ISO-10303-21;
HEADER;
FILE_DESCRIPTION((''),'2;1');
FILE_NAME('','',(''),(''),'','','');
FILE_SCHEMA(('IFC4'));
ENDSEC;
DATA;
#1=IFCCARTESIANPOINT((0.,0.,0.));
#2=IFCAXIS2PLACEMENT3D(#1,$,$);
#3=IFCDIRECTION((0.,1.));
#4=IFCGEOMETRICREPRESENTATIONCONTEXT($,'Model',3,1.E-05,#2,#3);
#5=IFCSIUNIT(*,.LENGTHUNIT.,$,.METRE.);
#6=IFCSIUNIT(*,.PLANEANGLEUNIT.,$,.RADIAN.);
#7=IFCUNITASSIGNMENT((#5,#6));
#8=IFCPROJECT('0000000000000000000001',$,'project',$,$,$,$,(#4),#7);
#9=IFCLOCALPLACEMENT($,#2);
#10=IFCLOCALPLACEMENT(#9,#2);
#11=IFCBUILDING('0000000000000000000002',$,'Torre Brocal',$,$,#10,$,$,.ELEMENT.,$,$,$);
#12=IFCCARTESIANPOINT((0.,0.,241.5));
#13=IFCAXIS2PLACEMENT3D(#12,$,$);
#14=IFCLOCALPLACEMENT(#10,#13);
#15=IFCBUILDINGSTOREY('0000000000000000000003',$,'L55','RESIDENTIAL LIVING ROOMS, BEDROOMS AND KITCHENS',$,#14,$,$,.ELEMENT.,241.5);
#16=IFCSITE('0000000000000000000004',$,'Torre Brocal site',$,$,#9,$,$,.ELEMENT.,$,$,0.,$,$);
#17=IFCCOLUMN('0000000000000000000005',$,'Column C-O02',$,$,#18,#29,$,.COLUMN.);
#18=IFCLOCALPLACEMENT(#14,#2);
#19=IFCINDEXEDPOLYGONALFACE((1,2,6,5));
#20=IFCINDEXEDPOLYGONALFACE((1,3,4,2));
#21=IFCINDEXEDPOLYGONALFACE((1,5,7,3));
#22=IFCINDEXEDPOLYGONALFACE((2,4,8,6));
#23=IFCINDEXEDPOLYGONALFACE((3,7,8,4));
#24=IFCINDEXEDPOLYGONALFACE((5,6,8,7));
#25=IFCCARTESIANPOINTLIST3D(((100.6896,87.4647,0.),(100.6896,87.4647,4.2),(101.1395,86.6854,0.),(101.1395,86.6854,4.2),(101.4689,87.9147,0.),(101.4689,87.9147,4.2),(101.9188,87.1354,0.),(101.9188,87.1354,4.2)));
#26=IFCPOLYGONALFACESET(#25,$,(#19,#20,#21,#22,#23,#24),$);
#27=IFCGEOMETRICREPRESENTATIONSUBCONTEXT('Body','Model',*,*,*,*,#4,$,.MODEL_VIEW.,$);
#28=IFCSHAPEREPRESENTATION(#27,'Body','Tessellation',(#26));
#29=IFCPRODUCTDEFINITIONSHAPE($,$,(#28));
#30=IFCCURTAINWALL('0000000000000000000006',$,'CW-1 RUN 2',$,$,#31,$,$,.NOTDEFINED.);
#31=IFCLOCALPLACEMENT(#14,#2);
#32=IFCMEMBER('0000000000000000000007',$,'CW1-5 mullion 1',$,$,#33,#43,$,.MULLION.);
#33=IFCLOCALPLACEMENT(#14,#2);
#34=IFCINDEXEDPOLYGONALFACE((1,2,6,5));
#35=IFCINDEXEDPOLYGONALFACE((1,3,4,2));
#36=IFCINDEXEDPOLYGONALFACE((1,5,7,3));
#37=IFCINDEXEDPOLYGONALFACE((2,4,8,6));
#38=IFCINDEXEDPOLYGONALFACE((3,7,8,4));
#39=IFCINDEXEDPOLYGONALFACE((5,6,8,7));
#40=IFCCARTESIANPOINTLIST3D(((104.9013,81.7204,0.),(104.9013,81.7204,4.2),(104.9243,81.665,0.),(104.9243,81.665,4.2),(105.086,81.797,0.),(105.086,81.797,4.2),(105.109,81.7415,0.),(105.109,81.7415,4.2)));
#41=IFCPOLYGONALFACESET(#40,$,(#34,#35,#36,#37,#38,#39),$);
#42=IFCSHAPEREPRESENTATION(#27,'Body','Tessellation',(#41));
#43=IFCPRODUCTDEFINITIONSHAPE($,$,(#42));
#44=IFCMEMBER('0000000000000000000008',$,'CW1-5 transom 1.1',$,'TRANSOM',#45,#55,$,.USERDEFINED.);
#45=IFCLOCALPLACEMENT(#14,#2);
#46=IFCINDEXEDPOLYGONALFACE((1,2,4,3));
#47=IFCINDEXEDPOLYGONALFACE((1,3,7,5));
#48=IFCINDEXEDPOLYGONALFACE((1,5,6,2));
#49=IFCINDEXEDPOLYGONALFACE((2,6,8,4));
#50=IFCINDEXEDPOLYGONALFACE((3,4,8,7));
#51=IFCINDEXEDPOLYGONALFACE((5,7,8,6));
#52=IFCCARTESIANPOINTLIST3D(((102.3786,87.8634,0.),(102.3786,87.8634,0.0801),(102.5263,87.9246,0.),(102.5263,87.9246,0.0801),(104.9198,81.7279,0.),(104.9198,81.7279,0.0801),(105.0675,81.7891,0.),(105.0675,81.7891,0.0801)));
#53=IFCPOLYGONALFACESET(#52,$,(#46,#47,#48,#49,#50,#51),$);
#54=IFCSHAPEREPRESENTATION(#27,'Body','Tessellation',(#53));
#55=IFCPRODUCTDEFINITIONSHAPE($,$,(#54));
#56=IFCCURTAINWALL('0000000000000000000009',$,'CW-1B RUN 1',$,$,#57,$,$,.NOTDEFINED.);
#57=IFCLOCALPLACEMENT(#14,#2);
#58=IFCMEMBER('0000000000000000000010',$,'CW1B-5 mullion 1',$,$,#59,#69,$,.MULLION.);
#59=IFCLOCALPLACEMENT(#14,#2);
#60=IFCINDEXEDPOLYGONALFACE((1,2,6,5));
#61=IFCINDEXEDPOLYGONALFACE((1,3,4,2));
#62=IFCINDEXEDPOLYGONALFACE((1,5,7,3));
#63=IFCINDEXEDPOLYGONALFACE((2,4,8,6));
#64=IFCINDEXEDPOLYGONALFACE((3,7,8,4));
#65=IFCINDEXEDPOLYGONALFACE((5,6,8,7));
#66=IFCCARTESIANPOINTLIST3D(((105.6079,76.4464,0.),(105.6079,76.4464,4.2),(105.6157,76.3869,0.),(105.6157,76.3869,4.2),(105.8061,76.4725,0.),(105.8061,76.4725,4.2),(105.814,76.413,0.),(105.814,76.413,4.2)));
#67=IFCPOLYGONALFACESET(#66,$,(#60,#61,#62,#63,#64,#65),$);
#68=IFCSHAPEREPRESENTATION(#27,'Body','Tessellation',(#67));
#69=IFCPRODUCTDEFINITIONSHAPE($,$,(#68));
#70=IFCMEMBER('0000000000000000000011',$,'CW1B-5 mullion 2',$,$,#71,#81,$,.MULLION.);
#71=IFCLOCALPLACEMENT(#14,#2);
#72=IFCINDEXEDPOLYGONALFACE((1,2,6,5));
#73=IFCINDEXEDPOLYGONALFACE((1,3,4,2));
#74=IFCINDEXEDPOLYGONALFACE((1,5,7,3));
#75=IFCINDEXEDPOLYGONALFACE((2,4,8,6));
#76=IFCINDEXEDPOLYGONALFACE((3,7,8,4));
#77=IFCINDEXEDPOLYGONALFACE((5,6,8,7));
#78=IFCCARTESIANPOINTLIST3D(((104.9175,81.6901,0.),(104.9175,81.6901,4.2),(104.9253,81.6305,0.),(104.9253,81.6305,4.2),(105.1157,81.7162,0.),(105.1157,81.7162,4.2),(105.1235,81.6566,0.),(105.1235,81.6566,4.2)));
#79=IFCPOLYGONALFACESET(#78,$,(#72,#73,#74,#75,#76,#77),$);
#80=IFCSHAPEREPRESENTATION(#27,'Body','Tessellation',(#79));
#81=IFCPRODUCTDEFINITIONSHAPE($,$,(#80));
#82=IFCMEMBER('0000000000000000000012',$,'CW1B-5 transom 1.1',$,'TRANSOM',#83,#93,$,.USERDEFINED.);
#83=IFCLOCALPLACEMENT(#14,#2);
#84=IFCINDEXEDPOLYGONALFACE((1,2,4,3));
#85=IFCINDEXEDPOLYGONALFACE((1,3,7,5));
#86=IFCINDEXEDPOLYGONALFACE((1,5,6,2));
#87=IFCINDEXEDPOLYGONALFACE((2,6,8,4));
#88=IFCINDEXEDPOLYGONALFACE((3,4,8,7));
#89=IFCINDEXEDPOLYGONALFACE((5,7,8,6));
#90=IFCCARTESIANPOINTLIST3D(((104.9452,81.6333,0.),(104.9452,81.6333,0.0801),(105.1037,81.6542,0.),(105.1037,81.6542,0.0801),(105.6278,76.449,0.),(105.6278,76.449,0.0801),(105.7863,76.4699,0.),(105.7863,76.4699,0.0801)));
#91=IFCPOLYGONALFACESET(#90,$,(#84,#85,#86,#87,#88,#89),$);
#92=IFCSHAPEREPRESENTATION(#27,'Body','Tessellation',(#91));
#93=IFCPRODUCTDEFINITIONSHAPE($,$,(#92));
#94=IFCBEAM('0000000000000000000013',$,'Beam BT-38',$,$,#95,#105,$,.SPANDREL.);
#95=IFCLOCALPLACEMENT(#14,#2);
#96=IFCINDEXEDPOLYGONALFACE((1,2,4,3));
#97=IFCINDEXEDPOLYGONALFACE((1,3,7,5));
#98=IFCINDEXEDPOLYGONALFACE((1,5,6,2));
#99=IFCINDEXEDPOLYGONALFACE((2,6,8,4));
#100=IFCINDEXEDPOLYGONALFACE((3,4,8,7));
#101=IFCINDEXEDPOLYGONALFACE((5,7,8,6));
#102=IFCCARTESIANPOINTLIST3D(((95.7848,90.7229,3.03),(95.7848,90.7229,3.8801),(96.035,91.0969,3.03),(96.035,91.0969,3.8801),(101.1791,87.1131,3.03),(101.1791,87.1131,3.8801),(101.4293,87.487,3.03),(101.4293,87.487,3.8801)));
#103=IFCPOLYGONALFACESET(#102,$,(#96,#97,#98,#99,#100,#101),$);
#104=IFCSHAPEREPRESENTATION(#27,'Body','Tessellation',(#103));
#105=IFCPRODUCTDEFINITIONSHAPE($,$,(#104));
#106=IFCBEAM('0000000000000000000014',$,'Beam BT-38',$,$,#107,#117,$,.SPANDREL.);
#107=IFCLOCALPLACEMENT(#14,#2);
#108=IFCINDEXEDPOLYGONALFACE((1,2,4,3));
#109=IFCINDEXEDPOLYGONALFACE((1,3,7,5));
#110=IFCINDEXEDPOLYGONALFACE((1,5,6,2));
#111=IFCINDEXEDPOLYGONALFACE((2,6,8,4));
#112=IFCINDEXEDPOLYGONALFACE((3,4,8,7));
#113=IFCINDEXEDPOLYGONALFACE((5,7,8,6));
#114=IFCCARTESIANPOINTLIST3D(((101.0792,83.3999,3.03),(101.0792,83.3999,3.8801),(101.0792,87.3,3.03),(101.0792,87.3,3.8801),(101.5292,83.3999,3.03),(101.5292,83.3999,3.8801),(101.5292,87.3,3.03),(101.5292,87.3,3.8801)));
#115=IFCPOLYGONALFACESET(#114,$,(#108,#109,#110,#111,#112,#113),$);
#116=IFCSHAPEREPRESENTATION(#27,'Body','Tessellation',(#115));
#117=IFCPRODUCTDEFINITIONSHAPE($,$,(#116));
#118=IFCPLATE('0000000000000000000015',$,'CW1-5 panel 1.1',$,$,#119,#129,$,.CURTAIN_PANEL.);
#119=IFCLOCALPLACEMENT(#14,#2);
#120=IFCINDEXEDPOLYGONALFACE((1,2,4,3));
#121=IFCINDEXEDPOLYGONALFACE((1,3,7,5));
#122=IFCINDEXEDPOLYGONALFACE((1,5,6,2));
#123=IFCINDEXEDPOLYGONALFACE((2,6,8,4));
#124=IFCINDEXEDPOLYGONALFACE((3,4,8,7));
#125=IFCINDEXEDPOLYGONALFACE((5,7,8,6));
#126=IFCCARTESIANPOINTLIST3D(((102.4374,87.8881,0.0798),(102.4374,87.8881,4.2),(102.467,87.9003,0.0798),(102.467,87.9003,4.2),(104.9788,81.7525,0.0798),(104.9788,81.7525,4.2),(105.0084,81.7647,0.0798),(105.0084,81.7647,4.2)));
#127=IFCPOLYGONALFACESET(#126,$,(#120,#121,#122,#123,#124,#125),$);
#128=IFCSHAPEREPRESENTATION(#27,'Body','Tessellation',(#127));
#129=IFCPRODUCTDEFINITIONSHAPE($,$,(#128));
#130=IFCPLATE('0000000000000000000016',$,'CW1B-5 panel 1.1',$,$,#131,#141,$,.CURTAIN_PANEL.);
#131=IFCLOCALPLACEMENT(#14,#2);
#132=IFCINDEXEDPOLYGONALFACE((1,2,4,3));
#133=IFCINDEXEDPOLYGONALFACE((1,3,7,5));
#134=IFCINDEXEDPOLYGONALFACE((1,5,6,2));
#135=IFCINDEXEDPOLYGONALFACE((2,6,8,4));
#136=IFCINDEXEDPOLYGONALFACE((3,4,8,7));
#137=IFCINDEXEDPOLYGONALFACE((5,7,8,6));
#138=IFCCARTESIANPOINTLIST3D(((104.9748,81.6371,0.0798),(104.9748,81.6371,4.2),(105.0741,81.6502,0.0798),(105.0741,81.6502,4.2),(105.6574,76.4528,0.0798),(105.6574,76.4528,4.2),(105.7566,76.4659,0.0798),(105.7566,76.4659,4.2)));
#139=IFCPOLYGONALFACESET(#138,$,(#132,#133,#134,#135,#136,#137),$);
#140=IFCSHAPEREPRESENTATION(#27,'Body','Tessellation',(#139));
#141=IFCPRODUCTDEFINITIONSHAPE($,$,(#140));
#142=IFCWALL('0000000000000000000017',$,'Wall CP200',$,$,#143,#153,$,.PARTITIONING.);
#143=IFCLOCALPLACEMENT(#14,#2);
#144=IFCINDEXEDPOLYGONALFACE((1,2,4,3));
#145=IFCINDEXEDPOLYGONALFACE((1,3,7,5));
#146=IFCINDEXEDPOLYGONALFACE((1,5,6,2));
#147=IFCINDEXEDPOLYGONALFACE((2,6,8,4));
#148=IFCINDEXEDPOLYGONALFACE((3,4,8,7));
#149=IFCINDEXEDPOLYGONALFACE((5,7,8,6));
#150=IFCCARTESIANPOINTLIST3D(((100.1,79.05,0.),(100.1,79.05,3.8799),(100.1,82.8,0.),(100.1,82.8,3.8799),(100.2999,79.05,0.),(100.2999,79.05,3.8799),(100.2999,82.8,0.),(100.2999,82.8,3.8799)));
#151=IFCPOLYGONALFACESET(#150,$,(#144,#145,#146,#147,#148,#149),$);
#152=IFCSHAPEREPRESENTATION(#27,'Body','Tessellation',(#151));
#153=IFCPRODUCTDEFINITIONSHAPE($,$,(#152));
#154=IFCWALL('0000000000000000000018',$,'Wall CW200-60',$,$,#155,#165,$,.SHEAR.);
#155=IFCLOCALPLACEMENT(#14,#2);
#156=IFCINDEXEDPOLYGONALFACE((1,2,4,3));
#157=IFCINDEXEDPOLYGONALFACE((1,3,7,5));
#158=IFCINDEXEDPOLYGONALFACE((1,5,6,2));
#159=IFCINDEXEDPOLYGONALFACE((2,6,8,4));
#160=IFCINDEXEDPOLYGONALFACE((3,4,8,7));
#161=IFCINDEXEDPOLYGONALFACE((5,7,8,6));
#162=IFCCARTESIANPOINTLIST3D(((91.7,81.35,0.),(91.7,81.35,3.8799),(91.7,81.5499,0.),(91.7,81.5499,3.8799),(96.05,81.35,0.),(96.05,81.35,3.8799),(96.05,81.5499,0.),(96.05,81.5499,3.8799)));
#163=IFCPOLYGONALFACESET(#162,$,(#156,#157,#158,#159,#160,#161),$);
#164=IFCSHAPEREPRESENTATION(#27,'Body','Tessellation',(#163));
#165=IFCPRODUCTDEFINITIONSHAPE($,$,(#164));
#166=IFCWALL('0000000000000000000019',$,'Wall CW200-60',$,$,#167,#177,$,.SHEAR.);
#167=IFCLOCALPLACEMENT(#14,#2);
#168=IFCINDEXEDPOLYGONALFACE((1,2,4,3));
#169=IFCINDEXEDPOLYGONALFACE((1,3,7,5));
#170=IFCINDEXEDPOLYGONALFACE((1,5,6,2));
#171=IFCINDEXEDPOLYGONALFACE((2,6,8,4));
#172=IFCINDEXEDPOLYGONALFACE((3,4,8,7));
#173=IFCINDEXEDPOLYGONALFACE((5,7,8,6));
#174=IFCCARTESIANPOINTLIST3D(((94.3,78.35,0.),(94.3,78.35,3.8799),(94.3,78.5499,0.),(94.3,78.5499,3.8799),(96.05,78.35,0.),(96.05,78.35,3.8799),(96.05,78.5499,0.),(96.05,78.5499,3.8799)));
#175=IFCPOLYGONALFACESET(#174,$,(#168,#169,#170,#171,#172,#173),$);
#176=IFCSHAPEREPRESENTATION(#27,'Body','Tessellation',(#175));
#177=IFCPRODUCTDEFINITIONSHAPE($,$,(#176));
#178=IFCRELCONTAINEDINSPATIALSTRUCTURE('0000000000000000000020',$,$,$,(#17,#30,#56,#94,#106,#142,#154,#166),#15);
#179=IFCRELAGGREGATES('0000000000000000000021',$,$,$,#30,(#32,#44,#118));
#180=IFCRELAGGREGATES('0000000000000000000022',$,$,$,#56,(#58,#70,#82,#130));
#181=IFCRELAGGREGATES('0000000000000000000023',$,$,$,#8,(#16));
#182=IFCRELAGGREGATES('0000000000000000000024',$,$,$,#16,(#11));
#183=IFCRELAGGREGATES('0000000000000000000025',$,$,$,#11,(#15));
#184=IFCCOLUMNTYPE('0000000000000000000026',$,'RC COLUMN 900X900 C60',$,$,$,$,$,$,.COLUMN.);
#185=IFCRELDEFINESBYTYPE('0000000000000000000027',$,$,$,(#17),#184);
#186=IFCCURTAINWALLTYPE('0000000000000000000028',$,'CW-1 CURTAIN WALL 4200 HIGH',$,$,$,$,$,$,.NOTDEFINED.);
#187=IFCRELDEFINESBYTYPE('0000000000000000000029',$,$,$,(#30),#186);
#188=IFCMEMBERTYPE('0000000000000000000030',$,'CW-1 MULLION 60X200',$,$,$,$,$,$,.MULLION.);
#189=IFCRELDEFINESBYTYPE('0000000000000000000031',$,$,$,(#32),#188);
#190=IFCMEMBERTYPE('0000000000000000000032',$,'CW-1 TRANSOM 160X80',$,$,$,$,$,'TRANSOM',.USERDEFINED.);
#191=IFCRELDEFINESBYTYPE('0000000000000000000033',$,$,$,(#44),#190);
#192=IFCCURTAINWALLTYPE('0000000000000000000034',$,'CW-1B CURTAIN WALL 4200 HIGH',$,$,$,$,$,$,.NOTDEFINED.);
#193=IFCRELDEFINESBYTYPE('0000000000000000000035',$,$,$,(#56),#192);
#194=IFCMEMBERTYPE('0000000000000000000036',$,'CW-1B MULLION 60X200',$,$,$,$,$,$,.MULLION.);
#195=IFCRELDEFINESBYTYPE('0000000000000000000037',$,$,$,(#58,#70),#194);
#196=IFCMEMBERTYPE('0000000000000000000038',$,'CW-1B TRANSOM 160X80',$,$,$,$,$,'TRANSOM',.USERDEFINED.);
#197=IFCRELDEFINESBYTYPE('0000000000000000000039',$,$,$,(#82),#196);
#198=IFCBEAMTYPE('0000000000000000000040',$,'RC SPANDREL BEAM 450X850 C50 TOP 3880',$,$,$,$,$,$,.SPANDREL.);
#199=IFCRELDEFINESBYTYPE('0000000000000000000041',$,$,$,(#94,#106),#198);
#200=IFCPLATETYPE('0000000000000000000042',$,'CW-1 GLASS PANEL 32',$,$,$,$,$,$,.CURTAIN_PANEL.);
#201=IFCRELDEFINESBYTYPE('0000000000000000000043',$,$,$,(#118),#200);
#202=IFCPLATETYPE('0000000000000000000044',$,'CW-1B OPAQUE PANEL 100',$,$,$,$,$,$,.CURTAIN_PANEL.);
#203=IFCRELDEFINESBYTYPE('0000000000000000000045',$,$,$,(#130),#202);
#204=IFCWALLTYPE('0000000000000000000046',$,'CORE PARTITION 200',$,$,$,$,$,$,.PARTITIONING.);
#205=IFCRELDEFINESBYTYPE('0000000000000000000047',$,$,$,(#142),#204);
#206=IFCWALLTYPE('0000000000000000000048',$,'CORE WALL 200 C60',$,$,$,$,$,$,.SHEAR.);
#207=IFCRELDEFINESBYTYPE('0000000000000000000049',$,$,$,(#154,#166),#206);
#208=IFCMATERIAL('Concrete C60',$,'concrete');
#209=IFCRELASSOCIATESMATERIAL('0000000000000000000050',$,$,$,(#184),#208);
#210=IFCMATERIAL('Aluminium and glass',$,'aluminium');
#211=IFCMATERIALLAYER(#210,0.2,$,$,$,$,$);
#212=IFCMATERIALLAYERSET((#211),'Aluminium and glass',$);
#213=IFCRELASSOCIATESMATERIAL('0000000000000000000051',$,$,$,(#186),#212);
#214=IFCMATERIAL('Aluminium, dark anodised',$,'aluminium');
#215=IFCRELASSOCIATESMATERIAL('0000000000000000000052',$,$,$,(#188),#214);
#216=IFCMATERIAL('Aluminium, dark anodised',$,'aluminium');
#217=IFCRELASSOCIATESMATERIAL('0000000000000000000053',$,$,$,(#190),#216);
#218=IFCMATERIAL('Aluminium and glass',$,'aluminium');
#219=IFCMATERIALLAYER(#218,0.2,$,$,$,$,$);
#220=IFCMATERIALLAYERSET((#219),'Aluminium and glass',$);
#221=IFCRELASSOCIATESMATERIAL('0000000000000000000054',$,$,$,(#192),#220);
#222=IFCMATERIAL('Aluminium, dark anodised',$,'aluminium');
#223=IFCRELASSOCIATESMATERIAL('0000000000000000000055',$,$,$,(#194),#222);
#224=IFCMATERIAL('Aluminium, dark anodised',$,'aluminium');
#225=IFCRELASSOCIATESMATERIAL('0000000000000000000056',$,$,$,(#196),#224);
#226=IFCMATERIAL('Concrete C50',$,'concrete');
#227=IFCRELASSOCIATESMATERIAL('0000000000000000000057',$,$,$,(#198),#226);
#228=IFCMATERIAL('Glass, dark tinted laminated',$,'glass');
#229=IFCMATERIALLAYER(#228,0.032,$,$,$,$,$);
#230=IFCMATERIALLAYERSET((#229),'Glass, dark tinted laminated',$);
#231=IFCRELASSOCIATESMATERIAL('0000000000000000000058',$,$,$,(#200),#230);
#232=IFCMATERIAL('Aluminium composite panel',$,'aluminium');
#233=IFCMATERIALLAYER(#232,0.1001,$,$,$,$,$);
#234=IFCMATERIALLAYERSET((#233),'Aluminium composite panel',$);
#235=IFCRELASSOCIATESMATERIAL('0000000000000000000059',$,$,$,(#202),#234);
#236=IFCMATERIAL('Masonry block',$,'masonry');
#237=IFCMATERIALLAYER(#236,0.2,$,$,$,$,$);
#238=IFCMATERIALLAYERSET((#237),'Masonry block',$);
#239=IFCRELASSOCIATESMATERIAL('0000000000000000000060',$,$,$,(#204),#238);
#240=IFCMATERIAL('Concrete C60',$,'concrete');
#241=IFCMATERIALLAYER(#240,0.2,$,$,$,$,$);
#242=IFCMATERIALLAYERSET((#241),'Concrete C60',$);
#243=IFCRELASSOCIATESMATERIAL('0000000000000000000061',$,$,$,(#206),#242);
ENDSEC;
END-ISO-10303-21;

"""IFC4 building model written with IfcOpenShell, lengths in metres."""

from ifc_helpers import new_model, si_unit, direction, frame, frame_2d, origin, origin_2d, place, context, subcontext, project, spatial, rectangle, extrude, material, layer, layer_set, material_profile, profile_set, type_object, element, aggregate, save


model = new_model("IFC4")

# Units and contexts
model_context = context("Model", 3, precision=1e-05, world=origin(), true_north=direction((0.0, 1.0)))
body_context = subcontext(model_context, "Body", "Model", "MODEL_VIEW")
ifc_project = project(units=[si_unit("LENGTHUNIT", "METRE"), si_unit("PLANEANGLEUNIT", "RADIAN")], contexts=[model_context])

# Site, building, storey
site_placement = place(None, origin())
site = spatial("IfcSite", under=ifc_project, at=site_placement, Name="Torre Brocal site", CompositionType="ELEMENT", RefElevation=0.0)
building_placement = place(site_placement, origin())
building = spatial("IfcBuilding", under=site, at=building_placement, Name="Torre Brocal", CompositionType="ELEMENT")
storey_placement = place(building_placement, frame((0.0, 0.0, 241.5)))
storey = spatial("IfcBuildingStorey", under=building, at=storey_placement, Name="L55", Description="RESIDENTIAL LIVING ROOMS, BEDROOMS AND KITCHENS", CompositionType="ELEMENT", Elevation=241.5)

# Column
ifc_material_1 = material(Name="Concrete C60", Category="concrete")
ifc_material_profile_1 = material_profile(ifc_material_1, rectangle(XDim=0.8999, YDim=0.8999, at=origin_2d()), Name="RC 900X900")
ifc_profile_set_1 = profile_set([ifc_material_profile_1], Name="Concrete C60")
column_type = type_object("IfcColumnType", Name="RC COLUMN 900X900 C60", PredefinedType="COLUMN", material=ifc_profile_set_1)
column_placement = place(storey_placement, frame((101.3042, 87.3, 0.0), z_axis=(0.0, 0.0, 1.0), x_axis=(0.866025, 0.5, 0.0)))
element("IfcColumn", 1, at=column_placement, inside=storey, type_object=column_type, Name="Column C-O02", PredefinedType="COLUMN", context=body_context, shape_type="SweptSolid", body=[
    extrude(rectangle(XDim=0.8999, YDim=0.8999, at=origin_2d()), origin(), (0.0, 0.0, 1.0), 4.2),
])

# Curtain walls, members
ifc_material_2 = material(Name="Aluminium and glass", Category="aluminium")
ifc_layer_1 = layer(ifc_material_2, 0.2)
ifc_layer_set_1 = layer_set([ifc_layer_1], Name="Aluminium and glass")
curtain_wall_type_1 = type_object("IfcCurtainWallType", Name="CW-1 CURTAIN WALL 4200 HIGH", PredefinedType="NOTDEFINED", material=ifc_layer_set_1)
curtain_wall_1_placement = place(storey_placement, origin())
curtain_wall_1 = element("IfcCurtainWall", 2, at=curtain_wall_1_placement, inside=storey, type_object=curtain_wall_type_1, Name="CW-1 RUN 2", PredefinedType="NOTDEFINED")
ifc_material_3 = material(Name="Aluminium, dark anodised", Category="aluminium")
ifc_material_profile_2 = material_profile(ifc_material_3, rectangle(XDim=0.2, YDim=0.0601, at=origin_2d()), Name="CW-1 MULLION 60X200")
ifc_profile_set_2 = profile_set([ifc_material_profile_2], Name="Aluminium, dark anodised")
member_type_1 = type_object("IfcMemberType", Name="CW-1 MULLION 60X200", PredefinedType="MULLION", material=ifc_profile_set_2)
member_1_placement = place(storey_placement, frame((105.0051, 81.731, 0.0), z_axis=(0.0, 0.0, 1.0), x_axis=(-0.92388, -0.382683, 0.0)))
member_1 = element("IfcMember", 3, at=member_1_placement, type_object=member_type_1, Name="CW1-5 mullion 1", PredefinedType="MULLION", context=body_context, shape_type="SweptSolid", body=[
    extrude(rectangle(XDim=0.2, YDim=0.0601, at=origin_2d()), origin(), (0.0, 0.0, 1.0), 4.2),
])
ifc_material_4 = material(Name="Aluminium, dark anodised", Category="aluminium")
ifc_material_profile_3 = material_profile(ifc_material_4, rectangle(XDim=0.1599, YDim=0.0801, at=origin_2d()), Name="CW-1 TRANSOM 160X80")
ifc_profile_set_3 = profile_set([ifc_material_profile_3], Name="Aluminium, dark anodised")
member_type_2 = type_object("IfcMemberType", Name="CW-1 TRANSOM 160X80", ElementType="TRANSOM", PredefinedType="USERDEFINED", material=ifc_profile_set_3)
member_2_placement = place(storey_placement, frame((104.9937, 81.7585, 0.04), z_axis=(-0.382665, 0.923887, 0.0), x_axis=(-0.923887, -0.382665, 0.0)))
member_2 = element("IfcMember", 4, at=member_2_placement, type_object=member_type_2, Name="CW1-5 transom 1.1", ObjectType="TRANSOM", PredefinedType="USERDEFINED", context=body_context, shape_type="SweptSolid", body=[
    extrude(rectangle(XDim=0.1599, YDim=0.0801, at=origin_2d()), origin(), (0.0, 0.0, 1.0), 6.6409),
])
ifc_material_5 = material(Name="Aluminium and glass", Category="aluminium")
ifc_layer_2 = layer(ifc_material_5, 0.2)
ifc_layer_set_2 = layer_set([ifc_layer_2], Name="Aluminium and glass")
curtain_wall_type_2 = type_object("IfcCurtainWallType", Name="CW-1B CURTAIN WALL 4200 HIGH", PredefinedType="NOTDEFINED", material=ifc_layer_set_2)
curtain_wall_2_placement = place(storey_placement, origin())
curtain_wall_2 = element("IfcCurtainWall", 5, at=curtain_wall_2_placement, inside=storey, type_object=curtain_wall_type_2, Name="CW-1B RUN 1", PredefinedType="NOTDEFINED")
ifc_material_6 = material(Name="Aluminium, dark anodised", Category="aluminium")
ifc_material_profile_4 = material_profile(ifc_material_6, rectangle(XDim=0.2, YDim=0.0601, at=origin_2d()), Name="CW-1B MULLION 60X200")
ifc_profile_set_4 = profile_set([ifc_material_profile_4], Name="Aluminium, dark anodised")
member_type_3 = type_object("IfcMemberType", Name="CW-1B MULLION 60X200", PredefinedType="MULLION", material=ifc_profile_set_4)
member_3_placement = place(storey_placement, frame((105.7109, 76.4297, 0.0), z_axis=(0.0, 0.0, 1.0), x_axis=(-0.991445, -0.130526, 0.0)))
member_3 = element("IfcMember", 6, at=member_3_placement, type_object=member_type_3, Name="CW1B-5 mullion 1", PredefinedType="MULLION", context=body_context, shape_type="SweptSolid", body=[
    extrude(rectangle(XDim=0.2, YDim=0.0601, at=origin_2d()), origin(), (0.0, 0.0, 1.0), 4.2),
])
member_4_placement = place(storey_placement, frame((105.0205, 81.6733, 0.0), z_axis=(0.0, 0.0, 1.0), x_axis=(-0.991445, -0.130526, 0.0)))
member_4 = element("IfcMember", 7, at=member_4_placement, type_object=member_type_3, Name="CW1B-5 mullion 2", PredefinedType="MULLION", context=body_context, shape_type="SweptSolid", body=[
    extrude(rectangle(XDim=0.2, YDim=0.0601, at=origin_2d()), origin(), (0.0, 0.0, 1.0), 4.2),
])
ifc_material_7 = material(Name="Aluminium, dark anodised", Category="aluminium")
ifc_material_profile_5 = material_profile(ifc_material_7, rectangle(XDim=0.1599, YDim=0.0801, at=origin_2d()), Name="CW-1B TRANSOM 160X80")
ifc_profile_set_5 = profile_set([ifc_material_profile_5], Name="Aluminium, dark anodised")
member_type_4 = type_object("IfcMemberType", Name="CW-1B TRANSOM 160X80", ElementType="TRANSOM", PredefinedType="USERDEFINED", material=ifc_profile_set_5)
member_5_placement = place(storey_placement, frame((105.707, 76.4595, 0.04), z_axis=(-0.130543, 0.991443, 0.0), x_axis=(-0.991443, -0.130543, 0.0)))
member_5 = element("IfcMember", 8, at=member_5_placement, type_object=member_type_4, Name="CW1B-5 transom 1.1", ObjectType="TRANSOM", PredefinedType="USERDEFINED", context=body_context, shape_type="SweptSolid", body=[
    extrude(rectangle(XDim=0.1599, YDim=0.0801, at=origin_2d()), origin(), (0.0, 0.0, 1.0), 5.229),
])

# Beams
ifc_material_8 = material(Name="Concrete C50", Category="concrete")
ifc_material_profile_6 = material_profile(ifc_material_8, rectangle(XDim=0.45, YDim=0.8501, at=origin_2d()), Name="RC 450X850")
ifc_profile_set_6 = profile_set([ifc_material_profile_6], Name="Concrete C50")
beam_type = type_object("IfcBeamType", Name="RC SPANDREL BEAM 450X850 C50 TOP 3880", PredefinedType="SPANDREL", material=ifc_profile_set_6)
beam_1_placement = place(storey_placement, frame((101.3042, 87.3, 3.4551), z_axis=(-0.831077, 0.556158, 0.0), x_axis=(-0.556158, -0.831077, 0.0)))
element("IfcBeam", 9, at=beam_1_placement, inside=storey, type_object=beam_type, Name="Beam BT-38", PredefinedType="SPANDREL", context=body_context, shape_type="SweptSolid", body=[
    extrude(rectangle(XDim=0.45, YDim=0.8501, at=origin_2d()), origin(), (0.0, 0.0, 1.0), 6.4907),
])
beam_2_placement = place(storey_placement, frame((101.3042, 87.3, 3.4551), z_axis=(0.0, -1.0, 0.0), x_axis=(1.0, 0.0, 0.0)))
element("IfcBeam", 10, at=beam_2_placement, inside=storey, type_object=beam_type, Name="Beam BT-38", PredefinedType="SPANDREL", context=body_context, shape_type="SweptSolid", body=[
    extrude(rectangle(XDim=0.45, YDim=0.8501, at=origin_2d()), origin(), (0.0, 0.0, 1.0), 3.9001),
])

# Plates
ifc_material_9 = material(Name="Glass, dark tinted laminated", Category="glass")
ifc_layer_3 = layer(ifc_material_9, 0.032)
ifc_layer_set_3 = layer_set([ifc_layer_3], Name="Glass, dark tinted laminated")
plate_type_1 = type_object("IfcPlateType", Name="CW-1 GLASS PANEL 32", PredefinedType="CURTAIN_PANEL", material=ifc_layer_set_3)
plate_1_placement = place(storey_placement, frame((103.7229, 84.8264, 0.0798), z_axis=(0.0, 0.0, 1.0), x_axis=(-0.382683, 0.92388, 0.0)))
plate_1 = element("IfcPlate", 11, at=plate_1_placement, type_object=plate_type_1, Name="CW1-5 panel 1.1", PredefinedType="CURTAIN_PANEL", context=body_context, shape_type="SweptSolid", body=[
    extrude(rectangle(XDim=6.6411, YDim=0.032, at=origin_2d()), origin(), (0.0, 0.0, 1.0), 4.1201),
])
aggregate(curtain_wall_1, [member_1, member_2, plate_1])
ifc_material_10 = material(Name="Aluminium composite panel", Category="aluminium")
ifc_layer_4 = layer(ifc_material_10, 0.1001)
ifc_layer_set_4 = layer_set([ifc_layer_4], Name="Aluminium composite panel")
plate_type_2 = type_object("IfcPlateType", Name="CW-1B OPAQUE PANEL 100", PredefinedType="CURTAIN_PANEL", material=ifc_layer_set_4)
plate_2_placement = place(storey_placement, frame((105.3657, 79.0515, 0.0798), z_axis=(0.0, 0.0, 1.0), x_axis=(-0.130526, 0.991445, 0.0)))
plate_2 = element("IfcPlate", 12, at=plate_2_placement, type_object=plate_type_2, Name="CW1B-5 panel 1.1", PredefinedType="CURTAIN_PANEL", context=body_context, shape_type="SweptSolid", body=[
    extrude(rectangle(XDim=5.229, YDim=0.1001, at=origin_2d()), origin(), (0.0, 0.0, 1.0), 4.1201),
])
aggregate(curtain_wall_2, [member_3, member_4, member_5, plate_2])

# Walls
ifc_material_11 = material(Name="Masonry block", Category="masonry")
ifc_layer_5 = layer(ifc_material_11, 0.2)
ifc_layer_set_5 = layer_set([ifc_layer_5], Name="Masonry block")
wall_type_1 = type_object("IfcWallType", Name="CORE PARTITION 200", PredefinedType="PARTITIONING", material=ifc_layer_set_5)
wall_1_placement = place(storey_placement, frame((100.2, 79.05, 0.0), z_axis=(0.0, 0.0, 1.0), x_axis=(0.0, 1.0, 0.0)))
element("IfcWall", 13, at=wall_1_placement, inside=storey, type_object=wall_type_1, Name="Wall CP200", PredefinedType="PARTITIONING", context=body_context, shape_type="SweptSolid", body=[
    extrude(rectangle(XDim=3.75, YDim=0.2, at=frame_2d((1.875, 0.0))), origin(), (0.0, 0.0, 1.0), 3.8799),
])
ifc_material_12 = material(Name="Concrete C60", Category="concrete")
ifc_layer_6 = layer(ifc_material_12, 0.2)
ifc_layer_set_6 = layer_set([ifc_layer_6], Name="Concrete C60")
wall_type_2 = type_object("IfcWallType", Name="CORE WALL 200 C60", PredefinedType="SHEAR", material=ifc_layer_set_6)
wall_2_placement = place(storey_placement, frame((91.7, 81.45, 0.0), z_axis=(0.0, 0.0, 1.0), x_axis=(1.0, 0.0, 0.0)))
element("IfcWall", 14, at=wall_2_placement, inside=storey, type_object=wall_type_2, Name="Wall CW200-60", PredefinedType="SHEAR", context=body_context, shape_type="SweptSolid", body=[
    extrude(rectangle(XDim=4.3501, YDim=0.2, at=frame_2d((2.175, 0.0))), origin(), (0.0, 0.0, 1.0), 3.8799),
])
wall_3_placement = place(storey_placement, frame((94.3, 78.45, 0.0), z_axis=(0.0, 0.0, 1.0), x_axis=(1.0, 0.0, 0.0)))
element("IfcWall", 15, at=wall_3_placement, inside=storey, type_object=wall_type_2, Name="Wall CW200-60", PredefinedType="SHEAR", context=body_context, shape_type="SweptSolid", body=[
    extrude(rectangle(XDim=1.75, YDim=0.2, at=frame_2d((0.875, 0.0))), origin(), (0.0, 0.0, 1.0), 3.8799),
])

save(model, "model.ifc")
